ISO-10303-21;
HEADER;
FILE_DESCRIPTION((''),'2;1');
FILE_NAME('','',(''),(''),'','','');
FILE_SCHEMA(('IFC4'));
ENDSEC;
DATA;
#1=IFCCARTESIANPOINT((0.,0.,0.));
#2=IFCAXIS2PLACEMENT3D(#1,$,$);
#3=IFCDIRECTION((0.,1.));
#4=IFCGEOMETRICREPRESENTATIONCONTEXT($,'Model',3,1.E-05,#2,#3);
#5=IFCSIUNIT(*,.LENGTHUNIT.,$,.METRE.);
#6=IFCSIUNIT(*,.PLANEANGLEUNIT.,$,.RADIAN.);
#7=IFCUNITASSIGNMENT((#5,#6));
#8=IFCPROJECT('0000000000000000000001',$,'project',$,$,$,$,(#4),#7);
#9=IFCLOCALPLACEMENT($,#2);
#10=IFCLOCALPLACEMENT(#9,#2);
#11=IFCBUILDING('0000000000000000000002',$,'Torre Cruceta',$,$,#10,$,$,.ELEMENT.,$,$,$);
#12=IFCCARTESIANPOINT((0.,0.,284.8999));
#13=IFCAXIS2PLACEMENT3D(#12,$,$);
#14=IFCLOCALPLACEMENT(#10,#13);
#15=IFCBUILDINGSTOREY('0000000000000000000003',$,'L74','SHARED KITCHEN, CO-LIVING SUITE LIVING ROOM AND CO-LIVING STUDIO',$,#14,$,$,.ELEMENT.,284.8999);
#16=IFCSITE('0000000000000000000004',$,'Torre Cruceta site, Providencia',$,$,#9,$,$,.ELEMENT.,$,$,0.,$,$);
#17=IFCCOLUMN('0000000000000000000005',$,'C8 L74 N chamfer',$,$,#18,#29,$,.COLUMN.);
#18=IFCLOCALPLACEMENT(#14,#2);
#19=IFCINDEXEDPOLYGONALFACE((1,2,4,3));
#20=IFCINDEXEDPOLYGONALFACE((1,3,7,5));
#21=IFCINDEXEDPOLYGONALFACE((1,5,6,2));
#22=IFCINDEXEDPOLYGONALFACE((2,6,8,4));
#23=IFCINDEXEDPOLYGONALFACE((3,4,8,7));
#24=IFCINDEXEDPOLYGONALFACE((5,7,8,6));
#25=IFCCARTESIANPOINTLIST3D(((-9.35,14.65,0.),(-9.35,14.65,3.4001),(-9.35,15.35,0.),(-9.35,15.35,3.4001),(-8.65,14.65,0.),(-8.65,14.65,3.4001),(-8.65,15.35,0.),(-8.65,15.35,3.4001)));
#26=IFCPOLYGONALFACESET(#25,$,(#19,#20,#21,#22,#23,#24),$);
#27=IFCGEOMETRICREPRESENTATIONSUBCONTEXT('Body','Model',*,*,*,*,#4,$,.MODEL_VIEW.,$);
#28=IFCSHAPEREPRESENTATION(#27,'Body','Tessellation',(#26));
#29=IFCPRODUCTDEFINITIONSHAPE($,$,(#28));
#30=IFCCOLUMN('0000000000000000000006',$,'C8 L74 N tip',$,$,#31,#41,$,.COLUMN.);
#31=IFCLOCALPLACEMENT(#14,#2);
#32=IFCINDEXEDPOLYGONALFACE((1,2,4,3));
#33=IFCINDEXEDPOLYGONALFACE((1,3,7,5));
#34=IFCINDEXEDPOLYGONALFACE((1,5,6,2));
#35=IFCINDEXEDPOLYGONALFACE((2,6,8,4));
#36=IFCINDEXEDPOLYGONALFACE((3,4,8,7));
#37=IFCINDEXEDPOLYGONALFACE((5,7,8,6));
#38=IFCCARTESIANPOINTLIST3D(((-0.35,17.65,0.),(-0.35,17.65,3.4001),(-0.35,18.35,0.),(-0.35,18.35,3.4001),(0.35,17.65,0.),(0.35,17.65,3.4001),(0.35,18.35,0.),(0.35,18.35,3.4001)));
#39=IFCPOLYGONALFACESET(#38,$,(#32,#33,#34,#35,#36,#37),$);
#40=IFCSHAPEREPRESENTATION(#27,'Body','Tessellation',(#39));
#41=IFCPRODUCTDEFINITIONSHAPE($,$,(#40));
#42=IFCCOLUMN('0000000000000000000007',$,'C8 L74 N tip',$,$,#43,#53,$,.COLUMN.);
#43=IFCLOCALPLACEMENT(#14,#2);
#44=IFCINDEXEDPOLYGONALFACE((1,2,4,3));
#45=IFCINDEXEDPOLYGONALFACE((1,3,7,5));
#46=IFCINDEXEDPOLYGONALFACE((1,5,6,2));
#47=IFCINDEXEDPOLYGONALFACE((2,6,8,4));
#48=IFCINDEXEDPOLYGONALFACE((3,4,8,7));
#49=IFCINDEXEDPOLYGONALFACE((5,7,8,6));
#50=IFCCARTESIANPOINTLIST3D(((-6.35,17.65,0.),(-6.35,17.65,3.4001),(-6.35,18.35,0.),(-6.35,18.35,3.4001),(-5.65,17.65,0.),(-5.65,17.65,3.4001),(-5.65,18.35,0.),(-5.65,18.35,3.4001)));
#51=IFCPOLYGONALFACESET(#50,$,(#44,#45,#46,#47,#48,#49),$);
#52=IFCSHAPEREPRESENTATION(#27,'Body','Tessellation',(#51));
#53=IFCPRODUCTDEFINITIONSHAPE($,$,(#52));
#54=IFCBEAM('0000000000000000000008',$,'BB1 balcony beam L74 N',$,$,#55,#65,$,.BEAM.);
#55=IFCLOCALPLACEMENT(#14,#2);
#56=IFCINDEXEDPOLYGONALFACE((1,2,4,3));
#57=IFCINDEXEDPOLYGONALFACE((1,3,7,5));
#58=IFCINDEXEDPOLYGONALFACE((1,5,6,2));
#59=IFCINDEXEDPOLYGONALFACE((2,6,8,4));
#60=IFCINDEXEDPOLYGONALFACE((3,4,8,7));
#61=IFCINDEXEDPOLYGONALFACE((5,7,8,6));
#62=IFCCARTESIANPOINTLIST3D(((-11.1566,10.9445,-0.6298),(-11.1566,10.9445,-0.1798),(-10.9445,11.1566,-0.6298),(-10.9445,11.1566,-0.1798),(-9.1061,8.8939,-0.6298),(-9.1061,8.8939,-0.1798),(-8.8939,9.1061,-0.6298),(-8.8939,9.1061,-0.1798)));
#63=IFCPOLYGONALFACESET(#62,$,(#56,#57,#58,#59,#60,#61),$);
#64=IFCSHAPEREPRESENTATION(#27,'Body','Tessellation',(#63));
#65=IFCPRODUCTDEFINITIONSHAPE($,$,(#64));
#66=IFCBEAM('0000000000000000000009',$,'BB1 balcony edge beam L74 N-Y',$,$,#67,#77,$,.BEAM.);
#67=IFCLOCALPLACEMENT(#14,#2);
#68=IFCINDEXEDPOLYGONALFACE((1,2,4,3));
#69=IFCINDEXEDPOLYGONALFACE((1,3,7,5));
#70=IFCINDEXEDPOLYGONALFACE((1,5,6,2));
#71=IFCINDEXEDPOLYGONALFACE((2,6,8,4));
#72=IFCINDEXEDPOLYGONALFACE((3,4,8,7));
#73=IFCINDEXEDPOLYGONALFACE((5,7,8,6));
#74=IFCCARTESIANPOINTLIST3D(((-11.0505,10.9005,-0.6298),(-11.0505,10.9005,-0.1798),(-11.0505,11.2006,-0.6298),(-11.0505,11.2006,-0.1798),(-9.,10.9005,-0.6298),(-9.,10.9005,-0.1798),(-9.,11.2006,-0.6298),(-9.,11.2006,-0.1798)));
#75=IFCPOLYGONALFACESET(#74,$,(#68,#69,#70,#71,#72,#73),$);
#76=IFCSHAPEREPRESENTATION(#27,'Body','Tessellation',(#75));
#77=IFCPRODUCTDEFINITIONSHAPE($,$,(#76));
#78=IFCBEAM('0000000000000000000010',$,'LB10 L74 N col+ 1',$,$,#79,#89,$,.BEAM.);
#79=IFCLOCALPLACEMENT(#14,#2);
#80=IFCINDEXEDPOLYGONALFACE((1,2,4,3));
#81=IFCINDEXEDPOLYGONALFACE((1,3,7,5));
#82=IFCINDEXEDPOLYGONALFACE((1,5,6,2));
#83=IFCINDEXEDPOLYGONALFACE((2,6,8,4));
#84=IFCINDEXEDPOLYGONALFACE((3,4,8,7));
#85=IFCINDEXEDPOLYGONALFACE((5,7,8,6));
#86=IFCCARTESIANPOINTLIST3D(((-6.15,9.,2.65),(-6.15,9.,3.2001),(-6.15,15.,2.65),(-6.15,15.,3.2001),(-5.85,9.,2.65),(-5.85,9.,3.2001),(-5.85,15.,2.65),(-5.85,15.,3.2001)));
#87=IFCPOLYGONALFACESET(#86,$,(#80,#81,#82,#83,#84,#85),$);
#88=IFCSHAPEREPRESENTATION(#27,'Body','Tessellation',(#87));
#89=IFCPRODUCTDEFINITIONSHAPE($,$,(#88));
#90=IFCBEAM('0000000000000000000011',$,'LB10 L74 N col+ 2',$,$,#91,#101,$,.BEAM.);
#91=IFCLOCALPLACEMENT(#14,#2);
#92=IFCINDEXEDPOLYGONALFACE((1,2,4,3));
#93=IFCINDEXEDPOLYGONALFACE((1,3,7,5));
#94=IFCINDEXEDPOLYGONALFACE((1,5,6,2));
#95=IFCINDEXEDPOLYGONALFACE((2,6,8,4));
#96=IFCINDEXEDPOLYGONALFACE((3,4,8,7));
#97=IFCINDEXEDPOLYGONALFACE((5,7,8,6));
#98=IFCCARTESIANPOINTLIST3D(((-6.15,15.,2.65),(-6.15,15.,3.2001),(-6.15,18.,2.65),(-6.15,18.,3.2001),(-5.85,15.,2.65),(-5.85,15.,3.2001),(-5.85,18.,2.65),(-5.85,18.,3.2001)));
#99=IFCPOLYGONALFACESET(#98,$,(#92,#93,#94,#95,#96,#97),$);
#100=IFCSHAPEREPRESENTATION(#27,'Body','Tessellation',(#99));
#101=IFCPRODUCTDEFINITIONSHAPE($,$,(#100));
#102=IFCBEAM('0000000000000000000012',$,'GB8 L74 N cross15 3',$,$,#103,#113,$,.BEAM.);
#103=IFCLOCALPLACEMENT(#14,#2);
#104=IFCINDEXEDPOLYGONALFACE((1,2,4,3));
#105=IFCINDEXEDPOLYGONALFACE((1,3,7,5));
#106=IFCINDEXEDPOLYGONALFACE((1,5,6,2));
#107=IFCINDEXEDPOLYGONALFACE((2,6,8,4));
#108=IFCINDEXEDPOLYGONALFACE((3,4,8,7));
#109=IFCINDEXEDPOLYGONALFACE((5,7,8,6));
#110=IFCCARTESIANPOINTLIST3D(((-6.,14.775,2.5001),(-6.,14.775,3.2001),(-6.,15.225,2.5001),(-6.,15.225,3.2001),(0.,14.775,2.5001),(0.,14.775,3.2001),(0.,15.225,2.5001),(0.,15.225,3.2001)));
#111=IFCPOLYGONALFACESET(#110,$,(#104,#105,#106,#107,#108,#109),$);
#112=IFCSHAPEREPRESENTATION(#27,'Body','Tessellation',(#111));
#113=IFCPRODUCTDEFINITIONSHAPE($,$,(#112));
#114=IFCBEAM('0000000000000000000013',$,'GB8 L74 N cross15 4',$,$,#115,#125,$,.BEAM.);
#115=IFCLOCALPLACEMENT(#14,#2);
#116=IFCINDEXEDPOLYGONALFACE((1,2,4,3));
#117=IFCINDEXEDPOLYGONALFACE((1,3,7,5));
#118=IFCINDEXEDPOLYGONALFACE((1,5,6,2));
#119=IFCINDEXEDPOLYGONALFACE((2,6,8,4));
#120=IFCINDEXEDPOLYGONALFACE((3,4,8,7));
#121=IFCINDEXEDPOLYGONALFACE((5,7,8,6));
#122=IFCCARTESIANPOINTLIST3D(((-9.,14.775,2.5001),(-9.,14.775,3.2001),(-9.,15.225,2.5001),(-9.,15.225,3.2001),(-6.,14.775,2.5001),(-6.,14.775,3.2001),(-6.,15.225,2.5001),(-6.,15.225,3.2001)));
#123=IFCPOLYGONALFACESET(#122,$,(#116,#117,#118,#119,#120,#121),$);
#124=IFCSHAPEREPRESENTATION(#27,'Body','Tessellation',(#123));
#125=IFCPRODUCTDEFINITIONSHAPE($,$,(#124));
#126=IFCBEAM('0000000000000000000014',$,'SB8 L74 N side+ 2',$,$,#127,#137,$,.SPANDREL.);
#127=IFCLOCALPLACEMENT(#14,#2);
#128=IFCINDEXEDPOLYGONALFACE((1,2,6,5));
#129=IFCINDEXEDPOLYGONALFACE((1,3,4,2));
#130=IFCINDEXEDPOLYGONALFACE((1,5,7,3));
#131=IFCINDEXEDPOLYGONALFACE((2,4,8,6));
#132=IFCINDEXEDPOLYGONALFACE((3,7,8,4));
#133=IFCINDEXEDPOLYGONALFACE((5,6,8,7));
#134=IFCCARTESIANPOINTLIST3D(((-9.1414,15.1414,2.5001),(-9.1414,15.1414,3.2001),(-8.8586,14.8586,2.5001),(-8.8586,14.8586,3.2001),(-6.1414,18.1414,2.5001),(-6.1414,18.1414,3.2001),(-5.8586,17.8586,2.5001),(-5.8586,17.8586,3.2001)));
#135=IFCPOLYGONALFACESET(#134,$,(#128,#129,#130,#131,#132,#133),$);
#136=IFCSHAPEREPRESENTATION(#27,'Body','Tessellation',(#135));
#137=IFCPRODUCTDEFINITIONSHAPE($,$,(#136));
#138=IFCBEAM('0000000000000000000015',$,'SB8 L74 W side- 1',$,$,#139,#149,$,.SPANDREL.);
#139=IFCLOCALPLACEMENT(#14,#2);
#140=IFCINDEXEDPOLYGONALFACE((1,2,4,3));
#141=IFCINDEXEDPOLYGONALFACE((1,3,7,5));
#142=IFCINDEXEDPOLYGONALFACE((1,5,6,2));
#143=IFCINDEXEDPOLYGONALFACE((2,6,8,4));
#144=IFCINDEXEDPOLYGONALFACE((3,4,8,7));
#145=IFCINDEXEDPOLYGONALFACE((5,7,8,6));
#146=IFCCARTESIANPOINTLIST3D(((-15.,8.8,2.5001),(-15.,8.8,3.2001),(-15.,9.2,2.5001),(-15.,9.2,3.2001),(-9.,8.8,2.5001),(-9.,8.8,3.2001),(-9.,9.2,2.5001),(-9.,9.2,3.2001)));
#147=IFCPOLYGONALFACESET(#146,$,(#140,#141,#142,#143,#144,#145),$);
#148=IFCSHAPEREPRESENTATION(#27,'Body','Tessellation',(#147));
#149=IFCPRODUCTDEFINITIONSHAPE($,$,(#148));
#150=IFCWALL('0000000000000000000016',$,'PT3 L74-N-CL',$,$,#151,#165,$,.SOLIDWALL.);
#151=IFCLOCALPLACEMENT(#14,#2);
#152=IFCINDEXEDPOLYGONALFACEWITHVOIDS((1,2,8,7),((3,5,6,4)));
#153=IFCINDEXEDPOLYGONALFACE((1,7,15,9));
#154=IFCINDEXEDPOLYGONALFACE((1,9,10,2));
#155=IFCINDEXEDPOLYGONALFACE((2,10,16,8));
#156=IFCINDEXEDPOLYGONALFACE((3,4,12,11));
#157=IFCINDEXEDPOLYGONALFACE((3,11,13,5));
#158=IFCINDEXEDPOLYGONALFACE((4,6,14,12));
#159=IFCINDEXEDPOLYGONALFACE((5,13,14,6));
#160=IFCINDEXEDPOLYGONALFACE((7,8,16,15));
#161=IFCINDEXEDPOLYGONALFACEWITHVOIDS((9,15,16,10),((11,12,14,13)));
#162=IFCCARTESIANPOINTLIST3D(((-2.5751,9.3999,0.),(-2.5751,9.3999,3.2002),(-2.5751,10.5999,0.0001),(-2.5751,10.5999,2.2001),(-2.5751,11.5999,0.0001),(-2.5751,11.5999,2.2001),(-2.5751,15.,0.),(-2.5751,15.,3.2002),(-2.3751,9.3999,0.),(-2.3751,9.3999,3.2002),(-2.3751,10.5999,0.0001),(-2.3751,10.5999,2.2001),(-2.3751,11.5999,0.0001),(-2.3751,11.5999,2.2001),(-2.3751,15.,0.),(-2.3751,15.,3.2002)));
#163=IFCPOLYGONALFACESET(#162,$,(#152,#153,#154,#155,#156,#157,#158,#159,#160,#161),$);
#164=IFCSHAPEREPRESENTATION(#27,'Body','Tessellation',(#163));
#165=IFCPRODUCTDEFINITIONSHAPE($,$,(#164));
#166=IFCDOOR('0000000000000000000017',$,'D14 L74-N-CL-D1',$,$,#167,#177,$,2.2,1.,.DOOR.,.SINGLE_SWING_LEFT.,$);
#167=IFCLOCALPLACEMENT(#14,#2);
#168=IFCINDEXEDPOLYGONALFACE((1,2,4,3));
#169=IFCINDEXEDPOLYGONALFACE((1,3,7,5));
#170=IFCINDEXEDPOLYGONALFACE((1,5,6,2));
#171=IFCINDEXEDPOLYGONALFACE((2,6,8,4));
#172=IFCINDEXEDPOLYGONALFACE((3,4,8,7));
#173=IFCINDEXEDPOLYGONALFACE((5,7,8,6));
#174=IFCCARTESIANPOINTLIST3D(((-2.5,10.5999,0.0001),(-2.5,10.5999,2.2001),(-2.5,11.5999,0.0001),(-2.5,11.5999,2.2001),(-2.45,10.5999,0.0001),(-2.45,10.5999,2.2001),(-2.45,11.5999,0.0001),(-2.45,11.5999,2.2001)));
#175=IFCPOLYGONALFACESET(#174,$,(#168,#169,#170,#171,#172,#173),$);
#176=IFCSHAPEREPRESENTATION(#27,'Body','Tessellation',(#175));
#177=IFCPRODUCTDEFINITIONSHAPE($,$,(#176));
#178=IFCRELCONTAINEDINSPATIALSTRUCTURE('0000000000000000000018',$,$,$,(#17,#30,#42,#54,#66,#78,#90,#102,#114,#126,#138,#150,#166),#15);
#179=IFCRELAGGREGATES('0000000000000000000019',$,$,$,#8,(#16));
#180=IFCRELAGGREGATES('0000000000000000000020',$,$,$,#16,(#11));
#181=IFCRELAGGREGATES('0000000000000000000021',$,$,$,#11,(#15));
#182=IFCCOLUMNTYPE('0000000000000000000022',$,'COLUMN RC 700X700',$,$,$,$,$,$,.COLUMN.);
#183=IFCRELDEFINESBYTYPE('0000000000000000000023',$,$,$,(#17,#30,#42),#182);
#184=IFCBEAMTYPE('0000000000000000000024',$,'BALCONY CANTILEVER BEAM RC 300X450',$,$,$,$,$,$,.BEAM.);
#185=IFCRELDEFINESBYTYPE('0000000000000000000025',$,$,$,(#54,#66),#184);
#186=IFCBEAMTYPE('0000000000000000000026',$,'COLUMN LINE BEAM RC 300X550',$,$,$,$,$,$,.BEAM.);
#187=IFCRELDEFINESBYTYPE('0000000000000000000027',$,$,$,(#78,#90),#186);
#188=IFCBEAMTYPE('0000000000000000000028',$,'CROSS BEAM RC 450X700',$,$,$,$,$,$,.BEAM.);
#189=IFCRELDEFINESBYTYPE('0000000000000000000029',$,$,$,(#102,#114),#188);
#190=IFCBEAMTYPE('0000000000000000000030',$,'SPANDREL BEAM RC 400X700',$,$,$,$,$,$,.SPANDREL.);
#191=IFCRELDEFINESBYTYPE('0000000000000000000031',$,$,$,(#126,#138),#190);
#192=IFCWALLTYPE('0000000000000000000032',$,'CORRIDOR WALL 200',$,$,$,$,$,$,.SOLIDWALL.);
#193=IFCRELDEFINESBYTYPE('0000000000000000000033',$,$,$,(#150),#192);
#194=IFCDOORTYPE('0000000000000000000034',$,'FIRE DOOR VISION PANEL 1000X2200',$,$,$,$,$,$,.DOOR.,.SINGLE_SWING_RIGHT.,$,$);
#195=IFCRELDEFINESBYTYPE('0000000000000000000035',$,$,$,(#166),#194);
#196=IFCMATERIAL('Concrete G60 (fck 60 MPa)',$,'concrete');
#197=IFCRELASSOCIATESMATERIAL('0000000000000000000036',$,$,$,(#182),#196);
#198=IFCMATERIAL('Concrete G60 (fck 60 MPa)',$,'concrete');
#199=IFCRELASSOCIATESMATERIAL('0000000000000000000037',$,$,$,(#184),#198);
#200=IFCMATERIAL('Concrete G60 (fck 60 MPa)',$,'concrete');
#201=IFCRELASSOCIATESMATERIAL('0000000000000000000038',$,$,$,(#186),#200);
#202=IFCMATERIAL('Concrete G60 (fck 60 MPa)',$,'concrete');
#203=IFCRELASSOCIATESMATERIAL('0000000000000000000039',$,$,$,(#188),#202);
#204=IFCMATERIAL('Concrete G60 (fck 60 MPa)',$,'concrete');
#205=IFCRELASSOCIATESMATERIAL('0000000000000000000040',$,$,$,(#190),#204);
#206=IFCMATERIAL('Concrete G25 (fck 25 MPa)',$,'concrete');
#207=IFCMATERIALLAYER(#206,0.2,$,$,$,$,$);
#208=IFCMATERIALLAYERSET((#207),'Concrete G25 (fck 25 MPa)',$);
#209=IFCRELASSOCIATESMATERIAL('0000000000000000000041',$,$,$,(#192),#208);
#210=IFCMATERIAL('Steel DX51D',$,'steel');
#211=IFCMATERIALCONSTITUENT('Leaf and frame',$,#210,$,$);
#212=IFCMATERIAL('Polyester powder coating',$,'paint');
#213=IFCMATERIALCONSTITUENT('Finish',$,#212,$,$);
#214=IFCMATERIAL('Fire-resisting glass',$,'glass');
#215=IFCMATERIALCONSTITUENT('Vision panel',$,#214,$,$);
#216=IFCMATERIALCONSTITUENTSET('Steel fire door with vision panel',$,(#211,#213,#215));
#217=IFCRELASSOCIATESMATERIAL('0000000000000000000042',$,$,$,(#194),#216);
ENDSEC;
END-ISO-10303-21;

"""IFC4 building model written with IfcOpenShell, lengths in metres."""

from ifc_helpers import new_model, si_unit, direction, frame, frame_2d, origin, origin_2d, place, context, subcontext, project, spatial, rectangle, extrude, material, layer, layer_set, constituent, constituent_set, material_profile, profile_set, type_object, element, fill, save


model = new_model("IFC4")

# Units and contexts
model_context = context("Model", 3, precision=1e-05, world=origin(), true_north=direction((0.0, 1.0)))
body_context = subcontext(model_context, "Body", "Model", "MODEL_VIEW")
ifc_project = project(units=[si_unit("LENGTHUNIT", "METRE"), si_unit("PLANEANGLEUNIT", "RADIAN")], contexts=[model_context])

# Site, building, storey
site_placement = place(None, origin())
site = spatial("IfcSite", under=ifc_project, at=site_placement, Name="Torre Cruceta site, Providencia", CompositionType="ELEMENT", RefElevation=0.0)
building_placement = place(site_placement, origin())
building = spatial("IfcBuilding", under=site, at=building_placement, Name="Torre Cruceta", CompositionType="ELEMENT")
storey_placement = place(building_placement, frame((0.0, 0.0, 284.8999)))
storey = spatial("IfcBuildingStorey", under=building, at=storey_placement, Name="L74", Description="SHARED KITCHEN, CO-LIVING SUITE LIVING ROOM AND CO-LIVING STUDIO", CompositionType="ELEMENT", Elevation=284.8999)

# Columns
ifc_material_1 = material(Name="Concrete G60 (fck 60 MPa)", Category="concrete")
ifc_material_profile_1 = material_profile(ifc_material_1, rectangle(XDim=0.7, YDim=0.7, at=origin_2d()), Name="RC 700X700")
ifc_profile_set_1 = profile_set([ifc_material_profile_1], Name="Concrete G60 (fck 60 MPa)")
column_type = type_object("IfcColumnType", Name="COLUMN RC 700X700", PredefinedType="COLUMN", material=ifc_profile_set_1)
for number, where, z_axis, x_axis, name in (
    (1, (-9.0, 15.0, 0.0), (0.0, 0.0, 1.0), (1.0, 0.0, 0.0), "C8 L74 N chamfer"),
    (2, (0.0, 18.0, 0.0), (0.0, 0.0, 1.0), (1.0, 0.0, 0.0), "C8 L74 N tip"),
    (3, (-6.0, 18.0, 0.0), (0.0, 0.0, 1.0), (1.0, 0.0, 0.0), "C8 L74 N tip"),
):
    element("IfcColumn", number, at=place(storey_placement, frame(where, z_axis=z_axis, x_axis=x_axis)), inside=storey, type_object=column_type, Name=name, PredefinedType="COLUMN", context=body_context, shape_type="SweptSolid", body=[
        extrude(rectangle(XDim=0.7, YDim=0.7, at=origin_2d()), origin(), (0.0, 0.0, 1.0), 3.4001),
    ])

# Beams
ifc_material_2 = material(Name="Concrete G60 (fck 60 MPa)", Category="concrete")
ifc_material_profile_2 = material_profile(ifc_material_2, rectangle(XDim=0.3, YDim=0.45, at=origin_2d()), Name="RC 300X450")
ifc_profile_set_2 = profile_set([ifc_material_profile_2], Name="Concrete G60 (fck 60 MPa)")
beam_type_1 = type_object("IfcBeamType", Name="BALCONY CANTILEVER BEAM RC 300X450", PredefinedType="BEAM", material=ifc_profile_set_2)
beam_1_placement = place(storey_placement, frame((-9.0, 9.0, -0.4048), z_axis=(-0.707107, 0.707107, 0.0), x_axis=(-0.707107, -0.707107, 0.0)))
element("IfcBeam", 4, at=beam_1_placement, inside=storey, type_object=beam_type_1, Name="BB1 balcony beam L74 N", PredefinedType="BEAM", context=body_context, shape_type="SweptSolid", body=[
    extrude(rectangle(XDim=0.3, YDim=0.45, at=origin_2d()), origin(), (0.0, 0.0, 1.0), 2.8999),
])
beam_2_placement = place(storey_placement, frame((-9.0, 11.0505, -0.4048), z_axis=(-1.0, 0.0, 0.0), x_axis=(0.0, -1.0, 0.0)))
element("IfcBeam", 5, at=beam_2_placement, inside=storey, type_object=beam_type_1, Name="BB1 balcony edge beam L74 N-Y", PredefinedType="BEAM", context=body_context, shape_type="SweptSolid", body=[
    extrude(rectangle(XDim=0.3, YDim=0.45, at=origin_2d()), origin(), (0.0, 0.0, 1.0), 2.0505),
])
ifc_material_3 = material(Name="Concrete G60 (fck 60 MPa)", Category="concrete")
ifc_material_profile_3 = material_profile(ifc_material_3, rectangle(XDim=0.3, YDim=0.55, at=origin_2d()), Name="RC 300X550")
ifc_profile_set_3 = profile_set([ifc_material_profile_3], Name="Concrete G60 (fck 60 MPa)")
beam_type_2 = type_object("IfcBeamType", Name="COLUMN LINE BEAM RC 300X550", PredefinedType="BEAM", material=ifc_profile_set_3)
beam_3_placement = place(storey_placement, frame((-6.0, 9.0, 2.925), z_axis=(0.0, 1.0, 0.0), x_axis=(-1.0, 0.0, 0.0)))
element("IfcBeam", 6, at=beam_3_placement, inside=storey, type_object=beam_type_2, Name="LB10 L74 N col+ 1", PredefinedType="BEAM", context=body_context, shape_type="SweptSolid", body=[
    extrude(rectangle(XDim=0.3, YDim=0.55, at=origin_2d()), origin(), (0.0, 0.0, 1.0), 6.0),
])
beam_4_placement = place(storey_placement, frame((-6.0, 15.0, 2.925), z_axis=(0.0, 1.0, 0.0), x_axis=(-1.0, 0.0, 0.0)))
element("IfcBeam", 7, at=beam_4_placement, inside=storey, type_object=beam_type_2, Name="LB10 L74 N col+ 2", PredefinedType="BEAM", context=body_context, shape_type="SweptSolid", body=[
    extrude(rectangle(XDim=0.3, YDim=0.55, at=origin_2d()), origin(), (0.0, 0.0, 1.0), 3.0),
])
ifc_material_4 = material(Name="Concrete G60 (fck 60 MPa)", Category="concrete")
ifc_material_profile_4 = material_profile(ifc_material_4, rectangle(XDim=0.45, YDim=0.7, at=origin_2d()), Name="RC 450X700")
ifc_profile_set_4 = profile_set([ifc_material_profile_4], Name="Concrete G60 (fck 60 MPa)")
beam_type_3 = type_object("IfcBeamType", Name="CROSS BEAM RC 450X700", PredefinedType="BEAM", material=ifc_profile_set_4)
beam_5_placement = place(storey_placement, frame((0.0, 15.0, 2.8501), z_axis=(-1.0, 0.0, 0.0), x_axis=(0.0, -1.0, 0.0)))
element("IfcBeam", 8, at=beam_5_placement, inside=storey, type_object=beam_type_3, Name="GB8 L74 N cross15 3", PredefinedType="BEAM", context=body_context, shape_type="SweptSolid", body=[
    extrude(rectangle(XDim=0.45, YDim=0.7, at=origin_2d()), origin(), (0.0, 0.0, 1.0), 6.0),
])
beam_6_placement = place(storey_placement, frame((-6.0, 15.0, 2.8501), z_axis=(-1.0, 0.0, 0.0), x_axis=(0.0, -1.0, 0.0)))
element("IfcBeam", 9, at=beam_6_placement, inside=storey, type_object=beam_type_3, Name="GB8 L74 N cross15 4", PredefinedType="BEAM", context=body_context, shape_type="SweptSolid", body=[
    extrude(rectangle(XDim=0.45, YDim=0.7, at=origin_2d()), origin(), (0.0, 0.0, 1.0), 3.0),
])
ifc_material_5 = material(Name="Concrete G60 (fck 60 MPa)", Category="concrete")
ifc_material_profile_5 = material_profile(ifc_material_5, rectangle(XDim=0.3999, YDim=0.7, at=origin_2d()), Name="RC 400X700")
ifc_profile_set_5 = profile_set([ifc_material_profile_5], Name="Concrete G60 (fck 60 MPa)")
beam_type_4 = type_object("IfcBeamType", Name="SPANDREL BEAM RC 400X700", PredefinedType="SPANDREL", material=ifc_profile_set_5)
beam_7_placement = place(storey_placement, frame((-9.0, 15.0, 2.8501), z_axis=(0.707107, 0.707107, 0.0), x_axis=(-0.707107, 0.707107, 0.0)))
element("IfcBeam", 10, at=beam_7_placement, inside=storey, type_object=beam_type_4, Name="SB8 L74 N side+ 2", PredefinedType="SPANDREL", context=body_context, shape_type="SweptSolid", body=[
    extrude(rectangle(XDim=0.3999, YDim=0.7, at=origin_2d()), origin(), (0.0, 0.0, 1.0), 4.2427),
])
beam_8_placement = place(storey_placement, frame((-9.0, 9.0, 2.8501), z_axis=(-1.0, 0.0, 0.0), x_axis=(0.0, -1.0, 0.0)))
element("IfcBeam", 11, at=beam_8_placement, inside=storey, type_object=beam_type_4, Name="SB8 L74 W side- 1", PredefinedType="SPANDREL", context=body_context, shape_type="SweptSolid", body=[
    extrude(rectangle(XDim=0.3999, YDim=0.7, at=origin_2d()), origin(), (0.0, 0.0, 1.0), 6.0),
])

# Wall, opening, door
ifc_material_6 = material(Name="Concrete G25 (fck 25 MPa)", Category="concrete")
ifc_layer_1 = layer(ifc_material_6, 0.2)
ifc_layer_set_1 = layer_set([ifc_layer_1], Name="Concrete G25 (fck 25 MPa)")
wall_type_1 = type_object("IfcWallType", Name="CORRIDOR WALL 200", PredefinedType="SOLIDWALL", material=ifc_layer_set_1)
wall_1_placement = place(storey_placement, frame((-2.4751, 9.3999, 0.0), z_axis=(0.0, 0.0, 1.0), x_axis=(0.0, 1.0, 0.0)))
wall_1 = element("IfcWall", 12, at=wall_1_placement, inside=storey, type_object=wall_type_1, Name="PT3 L74-N-CL", PredefinedType="SOLIDWALL", context=body_context, shape_type="SweptSolid", body=[
    extrude(rectangle(XDim=5.6001, YDim=0.2, at=frame_2d((2.8, 0.0))), origin(), (0.0, 0.0, 1.0), 3.2002),
])
opening_1_placement = place(wall_1_placement, frame((1.2, 0.0, 0.0)))
opening_1 = element("IfcOpeningElement", 13, at=opening_1_placement, cuts=wall_1, PredefinedType="OPENING", context=body_context, shape_type="SweptSolid", body=[
    extrude(rectangle(XDim=1.0, YDim=2.2, at=frame_2d((0.5, 1.1001))), frame((0.0, 0.1099, 0.0), z_axis=(0.0, -1.0, 0.0), x_axis=(1.0, 0.0, 0.0)), (0.0, 0.0, 1.0), 0.22),
])
ifc_material_7 = material(Name="Steel DX51D", Category="steel")
ifc_constituent_1 = constituent(ifc_material_7, Name="Leaf and frame")
ifc_material_8 = material(Name="Polyester powder coating", Category="paint")
ifc_constituent_2 = constituent(ifc_material_8, Name="Finish")
ifc_material_9 = material(Name="Fire-resisting glass", Category="glass")
ifc_constituent_3 = constituent(ifc_material_9, Name="Vision panel")
ifc_constituent_set_1 = constituent_set(constituents=[ifc_constituent_1, ifc_constituent_2, ifc_constituent_3], Name="Steel fire door with vision panel")
door_type_1 = type_object("IfcDoorType", Name="FIRE DOOR VISION PANEL 1000X2200", OperationType="SINGLE_SWING_RIGHT", PredefinedType="DOOR", material=ifc_constituent_set_1)
door_1_placement = place(opening_1_placement, origin())
door_1 = element("IfcDoor", 14, at=door_1_placement, inside=storey, type_object=door_type_1, Name="D14 L74-N-CL-D1", OperationType="SINGLE_SWING_LEFT", OverallHeight=2.2, OverallWidth=1.0, PredefinedType="DOOR", context=body_context, shape_type="SweptSolid", body=[
    extrude(rectangle(XDim=1.0, YDim=2.2, at=frame_2d((0.5, 1.1001))), frame((0.0, 0.0249, 0.0), z_axis=(0.0, -1.0, 0.0), x_axis=(1.0, 0.0, 0.0)), (0.0, 0.0, 1.0), 0.05),
])
fill(opening_1, door_1)

save(model, "model.ifc")
